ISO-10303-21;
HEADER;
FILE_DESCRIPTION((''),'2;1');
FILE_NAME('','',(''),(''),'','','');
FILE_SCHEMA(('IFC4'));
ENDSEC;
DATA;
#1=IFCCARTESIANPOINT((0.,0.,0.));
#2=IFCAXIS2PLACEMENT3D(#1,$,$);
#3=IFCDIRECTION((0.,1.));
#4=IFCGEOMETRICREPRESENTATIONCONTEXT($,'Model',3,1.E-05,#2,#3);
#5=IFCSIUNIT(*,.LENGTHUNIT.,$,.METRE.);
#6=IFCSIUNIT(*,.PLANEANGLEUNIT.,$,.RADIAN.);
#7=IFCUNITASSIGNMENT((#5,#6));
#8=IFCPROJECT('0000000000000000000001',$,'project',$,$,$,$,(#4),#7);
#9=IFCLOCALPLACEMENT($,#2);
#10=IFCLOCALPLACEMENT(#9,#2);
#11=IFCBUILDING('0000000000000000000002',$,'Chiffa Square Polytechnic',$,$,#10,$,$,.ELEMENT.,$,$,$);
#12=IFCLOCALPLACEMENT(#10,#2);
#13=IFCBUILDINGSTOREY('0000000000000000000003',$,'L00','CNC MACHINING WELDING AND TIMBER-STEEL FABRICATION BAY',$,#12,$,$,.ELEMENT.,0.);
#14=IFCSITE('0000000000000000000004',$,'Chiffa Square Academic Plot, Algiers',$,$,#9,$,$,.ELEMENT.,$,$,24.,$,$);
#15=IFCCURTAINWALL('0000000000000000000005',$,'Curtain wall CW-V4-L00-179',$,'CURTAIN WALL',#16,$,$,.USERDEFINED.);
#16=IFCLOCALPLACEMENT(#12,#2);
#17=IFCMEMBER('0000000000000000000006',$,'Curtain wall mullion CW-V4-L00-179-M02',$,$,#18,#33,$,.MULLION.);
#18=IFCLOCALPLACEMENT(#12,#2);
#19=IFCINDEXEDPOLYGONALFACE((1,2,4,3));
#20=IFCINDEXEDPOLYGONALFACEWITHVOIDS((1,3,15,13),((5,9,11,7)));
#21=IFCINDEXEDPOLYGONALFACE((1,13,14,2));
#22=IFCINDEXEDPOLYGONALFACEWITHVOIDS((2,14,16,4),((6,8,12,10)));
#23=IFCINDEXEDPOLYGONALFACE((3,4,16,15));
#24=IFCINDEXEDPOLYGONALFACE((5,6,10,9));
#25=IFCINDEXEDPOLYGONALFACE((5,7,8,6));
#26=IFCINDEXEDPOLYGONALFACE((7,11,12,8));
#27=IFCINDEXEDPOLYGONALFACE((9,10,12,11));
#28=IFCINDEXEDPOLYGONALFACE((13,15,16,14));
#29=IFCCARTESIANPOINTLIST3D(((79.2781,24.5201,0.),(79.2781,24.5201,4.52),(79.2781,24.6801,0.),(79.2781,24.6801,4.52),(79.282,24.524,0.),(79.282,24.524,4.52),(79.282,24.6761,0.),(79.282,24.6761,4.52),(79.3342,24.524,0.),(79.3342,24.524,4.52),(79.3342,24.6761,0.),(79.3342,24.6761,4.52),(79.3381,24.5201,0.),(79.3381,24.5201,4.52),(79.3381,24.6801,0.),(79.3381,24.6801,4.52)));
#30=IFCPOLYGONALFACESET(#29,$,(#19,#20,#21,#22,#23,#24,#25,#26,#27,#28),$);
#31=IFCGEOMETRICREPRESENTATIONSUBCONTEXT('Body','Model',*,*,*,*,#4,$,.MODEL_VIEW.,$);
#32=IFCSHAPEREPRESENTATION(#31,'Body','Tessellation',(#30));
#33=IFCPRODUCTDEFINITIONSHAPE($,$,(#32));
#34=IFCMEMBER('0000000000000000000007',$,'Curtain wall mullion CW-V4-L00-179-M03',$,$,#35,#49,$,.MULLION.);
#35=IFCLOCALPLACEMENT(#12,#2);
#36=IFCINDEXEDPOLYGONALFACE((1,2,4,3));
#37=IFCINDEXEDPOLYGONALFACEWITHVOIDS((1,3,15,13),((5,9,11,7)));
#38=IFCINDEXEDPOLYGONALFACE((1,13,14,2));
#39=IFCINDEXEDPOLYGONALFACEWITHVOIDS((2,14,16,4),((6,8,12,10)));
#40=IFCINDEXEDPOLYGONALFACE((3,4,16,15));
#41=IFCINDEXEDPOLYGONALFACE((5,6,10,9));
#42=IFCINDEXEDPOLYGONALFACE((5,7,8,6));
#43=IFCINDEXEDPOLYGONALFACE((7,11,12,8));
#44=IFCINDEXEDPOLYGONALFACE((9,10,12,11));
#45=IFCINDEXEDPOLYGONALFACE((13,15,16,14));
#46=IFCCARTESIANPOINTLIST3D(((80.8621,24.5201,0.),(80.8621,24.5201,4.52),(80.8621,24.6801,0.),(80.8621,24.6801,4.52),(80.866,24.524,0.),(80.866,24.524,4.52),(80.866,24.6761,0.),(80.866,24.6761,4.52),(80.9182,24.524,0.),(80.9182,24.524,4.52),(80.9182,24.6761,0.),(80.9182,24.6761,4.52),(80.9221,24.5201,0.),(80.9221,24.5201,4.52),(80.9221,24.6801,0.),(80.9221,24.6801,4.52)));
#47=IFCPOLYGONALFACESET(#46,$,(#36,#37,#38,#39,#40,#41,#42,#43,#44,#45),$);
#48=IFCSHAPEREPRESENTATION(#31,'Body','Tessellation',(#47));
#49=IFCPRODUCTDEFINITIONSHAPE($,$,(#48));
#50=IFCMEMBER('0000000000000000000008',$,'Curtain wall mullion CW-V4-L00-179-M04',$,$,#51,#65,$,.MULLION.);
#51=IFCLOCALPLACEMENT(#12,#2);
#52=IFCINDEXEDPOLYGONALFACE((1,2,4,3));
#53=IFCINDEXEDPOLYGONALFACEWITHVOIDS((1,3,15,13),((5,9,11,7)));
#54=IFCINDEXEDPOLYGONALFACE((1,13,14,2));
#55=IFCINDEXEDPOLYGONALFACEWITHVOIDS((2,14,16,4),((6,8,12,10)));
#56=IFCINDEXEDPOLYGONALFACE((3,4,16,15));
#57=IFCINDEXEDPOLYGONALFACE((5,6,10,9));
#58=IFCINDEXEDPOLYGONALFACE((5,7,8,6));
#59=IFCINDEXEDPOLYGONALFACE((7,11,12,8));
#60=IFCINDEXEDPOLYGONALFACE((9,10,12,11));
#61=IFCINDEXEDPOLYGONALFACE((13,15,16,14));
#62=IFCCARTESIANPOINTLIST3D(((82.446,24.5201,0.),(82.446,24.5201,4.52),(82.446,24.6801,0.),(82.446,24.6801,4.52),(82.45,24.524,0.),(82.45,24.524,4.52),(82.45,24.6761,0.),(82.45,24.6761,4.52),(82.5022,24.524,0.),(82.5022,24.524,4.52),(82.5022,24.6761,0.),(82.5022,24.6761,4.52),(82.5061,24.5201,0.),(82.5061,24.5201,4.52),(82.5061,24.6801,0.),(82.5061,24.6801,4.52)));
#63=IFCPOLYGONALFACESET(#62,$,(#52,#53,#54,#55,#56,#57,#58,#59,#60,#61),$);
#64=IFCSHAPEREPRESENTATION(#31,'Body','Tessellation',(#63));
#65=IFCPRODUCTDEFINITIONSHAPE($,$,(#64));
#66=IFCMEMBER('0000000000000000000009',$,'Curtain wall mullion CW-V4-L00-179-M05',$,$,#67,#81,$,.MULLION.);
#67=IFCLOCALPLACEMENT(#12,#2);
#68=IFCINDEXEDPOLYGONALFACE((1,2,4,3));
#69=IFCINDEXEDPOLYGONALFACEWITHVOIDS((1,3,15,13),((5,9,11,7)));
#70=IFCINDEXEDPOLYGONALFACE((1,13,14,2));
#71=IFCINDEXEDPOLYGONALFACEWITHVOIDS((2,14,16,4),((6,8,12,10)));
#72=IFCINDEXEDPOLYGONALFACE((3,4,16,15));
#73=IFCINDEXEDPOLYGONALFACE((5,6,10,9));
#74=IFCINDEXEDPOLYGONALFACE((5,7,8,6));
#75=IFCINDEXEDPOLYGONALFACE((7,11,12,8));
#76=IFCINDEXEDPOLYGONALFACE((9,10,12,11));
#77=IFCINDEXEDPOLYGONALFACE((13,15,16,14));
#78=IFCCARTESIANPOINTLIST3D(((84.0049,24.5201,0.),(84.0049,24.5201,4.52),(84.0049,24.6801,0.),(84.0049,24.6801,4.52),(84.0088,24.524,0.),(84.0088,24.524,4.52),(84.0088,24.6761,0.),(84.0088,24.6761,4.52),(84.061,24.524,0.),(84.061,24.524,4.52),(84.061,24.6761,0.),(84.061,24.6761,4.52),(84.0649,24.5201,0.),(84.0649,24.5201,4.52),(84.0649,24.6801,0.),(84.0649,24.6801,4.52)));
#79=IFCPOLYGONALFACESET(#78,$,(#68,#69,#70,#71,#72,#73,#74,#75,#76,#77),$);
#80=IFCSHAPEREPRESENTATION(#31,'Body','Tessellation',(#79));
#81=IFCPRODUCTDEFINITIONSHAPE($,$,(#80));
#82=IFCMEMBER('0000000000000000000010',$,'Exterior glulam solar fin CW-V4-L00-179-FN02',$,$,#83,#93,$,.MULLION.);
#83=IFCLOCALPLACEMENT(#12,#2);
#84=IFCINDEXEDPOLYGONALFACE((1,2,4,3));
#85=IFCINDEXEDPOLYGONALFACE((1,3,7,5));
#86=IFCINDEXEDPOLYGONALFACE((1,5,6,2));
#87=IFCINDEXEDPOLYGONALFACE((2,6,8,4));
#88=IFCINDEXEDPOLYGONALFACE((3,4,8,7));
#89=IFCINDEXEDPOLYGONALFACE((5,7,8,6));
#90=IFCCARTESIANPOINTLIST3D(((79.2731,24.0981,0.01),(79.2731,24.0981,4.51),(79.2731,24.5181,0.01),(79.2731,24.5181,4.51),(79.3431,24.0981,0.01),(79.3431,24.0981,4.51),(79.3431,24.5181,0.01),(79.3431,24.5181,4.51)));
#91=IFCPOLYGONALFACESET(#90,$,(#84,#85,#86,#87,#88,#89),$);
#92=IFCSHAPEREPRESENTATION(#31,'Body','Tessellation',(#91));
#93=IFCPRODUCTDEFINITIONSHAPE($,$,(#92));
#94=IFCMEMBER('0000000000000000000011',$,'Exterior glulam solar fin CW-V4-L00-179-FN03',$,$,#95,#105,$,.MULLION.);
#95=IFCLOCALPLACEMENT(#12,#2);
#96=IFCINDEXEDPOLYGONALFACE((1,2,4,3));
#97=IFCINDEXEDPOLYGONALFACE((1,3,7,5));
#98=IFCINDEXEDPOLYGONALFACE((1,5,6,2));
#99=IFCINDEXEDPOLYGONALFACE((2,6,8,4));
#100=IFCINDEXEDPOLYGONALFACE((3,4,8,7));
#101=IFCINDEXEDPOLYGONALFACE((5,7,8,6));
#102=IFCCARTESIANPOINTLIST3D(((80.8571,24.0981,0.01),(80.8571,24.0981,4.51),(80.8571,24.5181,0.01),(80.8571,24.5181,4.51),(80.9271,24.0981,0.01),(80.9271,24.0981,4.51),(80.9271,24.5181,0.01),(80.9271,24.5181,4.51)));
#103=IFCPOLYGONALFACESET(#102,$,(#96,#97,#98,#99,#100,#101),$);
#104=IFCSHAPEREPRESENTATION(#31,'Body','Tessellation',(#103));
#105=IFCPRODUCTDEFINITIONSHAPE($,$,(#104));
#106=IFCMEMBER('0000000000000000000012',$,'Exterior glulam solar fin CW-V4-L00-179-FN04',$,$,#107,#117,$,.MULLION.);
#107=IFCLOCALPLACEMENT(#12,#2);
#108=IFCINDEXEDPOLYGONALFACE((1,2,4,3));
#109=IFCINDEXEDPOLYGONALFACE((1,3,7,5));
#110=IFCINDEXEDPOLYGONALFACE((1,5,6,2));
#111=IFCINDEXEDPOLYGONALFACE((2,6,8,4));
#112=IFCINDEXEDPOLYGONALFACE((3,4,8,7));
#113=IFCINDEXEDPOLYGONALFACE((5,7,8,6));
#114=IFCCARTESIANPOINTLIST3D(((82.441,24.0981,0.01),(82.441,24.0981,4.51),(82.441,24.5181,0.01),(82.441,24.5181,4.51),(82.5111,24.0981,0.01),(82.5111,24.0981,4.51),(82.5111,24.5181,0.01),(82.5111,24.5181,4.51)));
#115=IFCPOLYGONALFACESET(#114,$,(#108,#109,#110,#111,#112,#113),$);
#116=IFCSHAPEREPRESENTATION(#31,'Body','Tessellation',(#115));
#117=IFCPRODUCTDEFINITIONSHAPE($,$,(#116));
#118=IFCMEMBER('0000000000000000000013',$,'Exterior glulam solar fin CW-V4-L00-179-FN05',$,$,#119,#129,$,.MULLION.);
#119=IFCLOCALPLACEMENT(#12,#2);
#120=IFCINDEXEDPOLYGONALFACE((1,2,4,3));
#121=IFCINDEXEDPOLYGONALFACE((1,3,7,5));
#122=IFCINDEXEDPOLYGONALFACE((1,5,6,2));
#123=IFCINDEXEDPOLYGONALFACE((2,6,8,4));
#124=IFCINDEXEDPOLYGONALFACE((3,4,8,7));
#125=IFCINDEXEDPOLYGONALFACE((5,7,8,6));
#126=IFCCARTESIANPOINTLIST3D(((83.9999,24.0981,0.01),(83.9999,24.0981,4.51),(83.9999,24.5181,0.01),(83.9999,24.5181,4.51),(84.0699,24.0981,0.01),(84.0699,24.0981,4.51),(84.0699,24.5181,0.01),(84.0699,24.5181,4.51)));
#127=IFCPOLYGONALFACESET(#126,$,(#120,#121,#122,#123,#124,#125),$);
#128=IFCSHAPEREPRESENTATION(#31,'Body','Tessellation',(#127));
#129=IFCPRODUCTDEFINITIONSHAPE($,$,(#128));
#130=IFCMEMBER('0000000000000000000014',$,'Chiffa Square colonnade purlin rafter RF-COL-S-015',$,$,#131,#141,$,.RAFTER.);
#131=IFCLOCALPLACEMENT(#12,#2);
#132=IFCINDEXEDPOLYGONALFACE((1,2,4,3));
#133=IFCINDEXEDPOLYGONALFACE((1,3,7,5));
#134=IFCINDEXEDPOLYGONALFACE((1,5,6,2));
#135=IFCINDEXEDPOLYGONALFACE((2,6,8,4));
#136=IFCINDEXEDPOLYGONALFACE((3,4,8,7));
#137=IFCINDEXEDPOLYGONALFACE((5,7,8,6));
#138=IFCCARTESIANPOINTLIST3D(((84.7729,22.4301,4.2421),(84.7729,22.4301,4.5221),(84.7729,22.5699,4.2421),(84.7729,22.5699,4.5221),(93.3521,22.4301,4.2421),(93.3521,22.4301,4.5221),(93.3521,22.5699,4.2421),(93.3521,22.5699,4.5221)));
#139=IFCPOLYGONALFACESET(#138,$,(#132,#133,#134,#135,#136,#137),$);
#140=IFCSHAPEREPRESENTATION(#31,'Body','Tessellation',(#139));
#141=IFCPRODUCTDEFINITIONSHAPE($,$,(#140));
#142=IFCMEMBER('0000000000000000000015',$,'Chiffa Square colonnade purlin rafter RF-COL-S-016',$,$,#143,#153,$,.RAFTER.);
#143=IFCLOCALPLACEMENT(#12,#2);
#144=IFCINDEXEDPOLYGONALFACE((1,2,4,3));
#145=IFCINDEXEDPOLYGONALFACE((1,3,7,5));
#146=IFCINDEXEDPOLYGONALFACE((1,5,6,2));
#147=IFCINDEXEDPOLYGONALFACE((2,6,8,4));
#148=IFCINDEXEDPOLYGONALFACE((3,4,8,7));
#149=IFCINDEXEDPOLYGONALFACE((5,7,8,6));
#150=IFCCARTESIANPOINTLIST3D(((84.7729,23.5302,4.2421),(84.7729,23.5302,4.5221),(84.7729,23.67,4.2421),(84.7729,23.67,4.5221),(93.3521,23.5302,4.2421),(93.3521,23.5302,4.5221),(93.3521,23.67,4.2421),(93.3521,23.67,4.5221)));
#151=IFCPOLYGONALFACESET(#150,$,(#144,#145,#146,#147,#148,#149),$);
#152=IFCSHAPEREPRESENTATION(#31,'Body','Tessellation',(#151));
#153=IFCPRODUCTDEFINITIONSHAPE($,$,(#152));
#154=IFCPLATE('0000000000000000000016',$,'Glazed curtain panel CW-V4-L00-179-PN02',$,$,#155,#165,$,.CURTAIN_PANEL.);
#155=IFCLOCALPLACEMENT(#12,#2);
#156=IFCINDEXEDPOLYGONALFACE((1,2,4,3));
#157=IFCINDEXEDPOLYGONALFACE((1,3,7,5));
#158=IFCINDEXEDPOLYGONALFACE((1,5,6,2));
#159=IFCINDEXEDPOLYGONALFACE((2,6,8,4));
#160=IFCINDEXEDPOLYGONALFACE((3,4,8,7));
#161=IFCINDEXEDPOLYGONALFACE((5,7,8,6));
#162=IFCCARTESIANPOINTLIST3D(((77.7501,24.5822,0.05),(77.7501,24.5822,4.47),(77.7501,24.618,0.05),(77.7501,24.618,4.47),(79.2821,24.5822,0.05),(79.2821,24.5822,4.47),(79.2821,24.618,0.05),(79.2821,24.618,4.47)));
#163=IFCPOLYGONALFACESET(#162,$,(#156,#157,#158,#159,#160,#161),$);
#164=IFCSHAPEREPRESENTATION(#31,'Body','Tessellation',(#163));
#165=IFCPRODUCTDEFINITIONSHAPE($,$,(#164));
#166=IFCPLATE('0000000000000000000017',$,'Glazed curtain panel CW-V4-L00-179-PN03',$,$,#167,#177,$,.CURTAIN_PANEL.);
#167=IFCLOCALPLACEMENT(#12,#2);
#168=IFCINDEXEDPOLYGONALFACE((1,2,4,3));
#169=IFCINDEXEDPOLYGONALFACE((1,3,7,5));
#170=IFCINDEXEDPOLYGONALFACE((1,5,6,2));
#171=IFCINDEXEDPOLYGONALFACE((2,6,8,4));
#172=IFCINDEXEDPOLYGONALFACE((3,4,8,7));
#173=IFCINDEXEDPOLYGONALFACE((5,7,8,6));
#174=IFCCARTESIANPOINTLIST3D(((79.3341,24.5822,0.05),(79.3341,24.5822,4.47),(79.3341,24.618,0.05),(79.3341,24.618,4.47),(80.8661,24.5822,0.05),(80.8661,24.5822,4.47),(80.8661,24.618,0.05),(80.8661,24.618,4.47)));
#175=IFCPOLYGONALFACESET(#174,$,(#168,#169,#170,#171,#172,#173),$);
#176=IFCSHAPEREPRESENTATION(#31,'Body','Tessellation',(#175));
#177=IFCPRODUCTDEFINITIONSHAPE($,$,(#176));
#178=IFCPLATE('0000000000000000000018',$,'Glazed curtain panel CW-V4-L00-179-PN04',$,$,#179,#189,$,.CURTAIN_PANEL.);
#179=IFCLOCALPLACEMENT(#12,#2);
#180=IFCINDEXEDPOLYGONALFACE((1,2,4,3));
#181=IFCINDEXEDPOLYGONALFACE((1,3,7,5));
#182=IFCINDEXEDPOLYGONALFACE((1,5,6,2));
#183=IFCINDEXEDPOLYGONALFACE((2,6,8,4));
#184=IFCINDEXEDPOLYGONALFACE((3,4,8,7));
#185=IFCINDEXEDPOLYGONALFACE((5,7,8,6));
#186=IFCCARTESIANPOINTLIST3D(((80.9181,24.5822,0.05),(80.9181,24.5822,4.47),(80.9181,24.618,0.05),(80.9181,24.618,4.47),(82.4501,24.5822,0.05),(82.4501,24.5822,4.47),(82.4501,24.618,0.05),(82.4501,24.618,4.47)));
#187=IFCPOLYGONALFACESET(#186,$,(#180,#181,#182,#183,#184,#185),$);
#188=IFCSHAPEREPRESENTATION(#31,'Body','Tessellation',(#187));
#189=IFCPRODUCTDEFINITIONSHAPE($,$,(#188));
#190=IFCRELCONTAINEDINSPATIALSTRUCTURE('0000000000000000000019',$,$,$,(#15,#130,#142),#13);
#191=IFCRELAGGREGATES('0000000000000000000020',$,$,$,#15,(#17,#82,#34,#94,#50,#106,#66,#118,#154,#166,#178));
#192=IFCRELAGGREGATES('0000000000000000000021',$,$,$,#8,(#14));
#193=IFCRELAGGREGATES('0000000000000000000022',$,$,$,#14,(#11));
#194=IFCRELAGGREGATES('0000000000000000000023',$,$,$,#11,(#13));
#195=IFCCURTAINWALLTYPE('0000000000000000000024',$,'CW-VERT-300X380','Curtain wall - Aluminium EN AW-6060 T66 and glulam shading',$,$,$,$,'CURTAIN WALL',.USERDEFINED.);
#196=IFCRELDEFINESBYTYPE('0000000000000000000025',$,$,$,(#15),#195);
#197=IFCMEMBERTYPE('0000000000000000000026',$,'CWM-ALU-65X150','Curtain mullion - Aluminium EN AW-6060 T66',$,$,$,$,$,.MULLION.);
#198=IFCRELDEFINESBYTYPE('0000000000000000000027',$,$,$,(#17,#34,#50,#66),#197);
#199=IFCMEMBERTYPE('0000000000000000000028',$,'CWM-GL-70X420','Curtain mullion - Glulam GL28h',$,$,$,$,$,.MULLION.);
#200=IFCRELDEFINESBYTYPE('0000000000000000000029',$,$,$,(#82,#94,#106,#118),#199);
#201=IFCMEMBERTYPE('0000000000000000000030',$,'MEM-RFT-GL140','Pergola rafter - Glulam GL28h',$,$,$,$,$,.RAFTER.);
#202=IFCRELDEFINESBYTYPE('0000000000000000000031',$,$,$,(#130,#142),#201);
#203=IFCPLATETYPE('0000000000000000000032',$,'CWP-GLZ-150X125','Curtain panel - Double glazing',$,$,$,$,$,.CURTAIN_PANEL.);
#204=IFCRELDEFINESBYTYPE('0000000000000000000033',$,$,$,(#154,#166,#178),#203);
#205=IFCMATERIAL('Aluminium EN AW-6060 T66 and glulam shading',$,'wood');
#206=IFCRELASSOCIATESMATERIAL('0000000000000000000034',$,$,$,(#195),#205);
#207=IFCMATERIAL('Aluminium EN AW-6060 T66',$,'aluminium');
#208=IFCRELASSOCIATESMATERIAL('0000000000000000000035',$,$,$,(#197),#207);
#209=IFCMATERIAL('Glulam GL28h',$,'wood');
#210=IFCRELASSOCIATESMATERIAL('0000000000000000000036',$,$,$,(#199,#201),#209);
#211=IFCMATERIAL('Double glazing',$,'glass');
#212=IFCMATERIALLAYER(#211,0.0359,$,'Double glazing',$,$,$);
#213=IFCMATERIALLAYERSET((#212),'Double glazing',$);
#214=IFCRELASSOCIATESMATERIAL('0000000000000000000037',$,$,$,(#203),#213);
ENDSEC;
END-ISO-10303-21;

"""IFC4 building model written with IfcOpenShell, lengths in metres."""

from ifc_helpers import new_model, si_unit, direction, frame, origin, origin_2d, place, context, subcontext, project, spatial, rectangle, hollow_rectangle, extrude, material, layer, layer_set, material_profile, profile_set, type_object, element, aggregate, save


model = new_model("IFC4")

# Units and contexts
model_context = context("Model", 3, precision=1e-05, world=origin(), true_north=direction((0.0, 1.0)))
body_context = subcontext(model_context, "Body", "Model", "MODEL_VIEW")
ifc_project = project(units=[si_unit("LENGTHUNIT", "METRE"), si_unit("PLANEANGLEUNIT", "RADIAN")], contexts=[model_context])

# Site, building, storey
site_placement = place(None, origin())
site = spatial("IfcSite", under=ifc_project, at=site_placement, Name="Chiffa Square Academic Plot, Algiers", CompositionType="ELEMENT", RefElevation=24.0)
building_placement = place(site_placement, origin())
building = spatial("IfcBuilding", under=site, at=building_placement, Name="Chiffa Square Polytechnic", CompositionType="ELEMENT")
storey_placement = place(building_placement, origin())
storey = spatial("IfcBuildingStorey", under=building, at=storey_placement, Name="L00", Description="CNC MACHINING WELDING AND TIMBER-STEEL FABRICATION BAY", CompositionType="ELEMENT", Elevation=0.0)

# Curtain wall, members
ifc_material_1 = material(Name="Aluminium EN AW-6060 T66 and glulam shading", Category="wood")
curtain_wall_type = type_object("IfcCurtainWallType", Name="CW-VERT-300X380", Description="Curtain wall - Aluminium EN AW-6060 T66 and glulam shading", ElementType="CURTAIN WALL", PredefinedType="USERDEFINED", material=ifc_material_1)
curtain_wall_placement = place(storey_placement, origin())
curtain_wall = element("IfcCurtainWall", 1, at=curtain_wall_placement, inside=storey, type_object=curtain_wall_type, Name="Curtain wall CW-V4-L00-179", ObjectType="CURTAIN WALL", PredefinedType="USERDEFINED")
ifc_material_2 = material(Name="Aluminium EN AW-6060 T66", Category="aluminium")
ifc_material_profile_1 = material_profile(ifc_material_2, hollow_rectangle(XDim=0.0601, YDim=0.1599, WallThickness=0.0039, at=origin_2d()), Name="ALU 60x160x4")
ifc_profile_set_1 = profile_set([ifc_material_profile_1], Name="Aluminium EN AW-6060 T66")
member_type_1 = type_object("IfcMemberType", Name="CWM-ALU-65X150", Description="Curtain mullion - Aluminium EN AW-6060 T66", PredefinedType="MULLION", material=ifc_profile_set_1)
member_1_placement = place(storey_placement, frame((79.3081, 24.6001, 0.0), z_axis=(0.0, 0.0, 1.0), x_axis=(1.0, 0.0, 0.0)))
member_1 = element("IfcMember", 2, at=member_1_placement, type_object=member_type_1, Name="Curtain wall mullion CW-V4-L00-179-M02", PredefinedType="MULLION", context=body_context, shape_type="SweptSolid", body=[
    extrude(hollow_rectangle(XDim=0.0601, YDim=0.1599, WallThickness=0.0039, at=origin_2d()), origin(), (0.0, 0.0, 1.0), 4.52),
])
member_2_placement = place(storey_placement, frame((80.8921, 24.6001, 0.0), z_axis=(0.0, 0.0, 1.0), x_axis=(1.0, 0.0, 0.0)))
member_2 = element("IfcMember", 3, at=member_2_placement, type_object=member_type_1, Name="Curtain wall mullion CW-V4-L00-179-M03", PredefinedType="MULLION", context=body_context, shape_type="SweptSolid", body=[
    extrude(hollow_rectangle(XDim=0.0601, YDim=0.1599, WallThickness=0.0039, at=origin_2d()), origin(), (0.0, 0.0, 1.0), 4.52),
])
member_3_placement = place(storey_placement, frame((82.4761, 24.6001, 0.0), z_axis=(0.0, 0.0, 1.0), x_axis=(1.0, 0.0, 0.0)))
member_3 = element("IfcMember", 4, at=member_3_placement, type_object=member_type_1, Name="Curtain wall mullion CW-V4-L00-179-M04", PredefinedType="MULLION", context=body_context, shape_type="SweptSolid", body=[
    extrude(hollow_rectangle(XDim=0.0601, YDim=0.1599, WallThickness=0.0039, at=origin_2d()), origin(), (0.0, 0.0, 1.0), 4.52),
])
member_4_placement = place(storey_placement, frame((84.0349, 24.6001, 0.0), z_axis=(0.0, 0.0, 1.0), x_axis=(1.0, 0.0, 0.0)))
member_4 = element("IfcMember", 5, at=member_4_placement, type_object=member_type_1, Name="Curtain wall mullion CW-V4-L00-179-M05", PredefinedType="MULLION", context=body_context, shape_type="SweptSolid", body=[
    extrude(hollow_rectangle(XDim=0.0601, YDim=0.1599, WallThickness=0.0039, at=origin_2d()), origin(), (0.0, 0.0, 1.0), 4.52),
])
ifc_material_3 = material(Name="Glulam GL28h", Category="wood")
ifc_material_profile_2 = material_profile(ifc_material_3, rectangle(XDim=0.0701, YDim=0.4199, at=origin_2d()), Name="GL28h 70x420")
ifc_profile_set_2 = profile_set([ifc_material_profile_2], Name="Glulam GL28h")
member_type_2 = type_object("IfcMemberType", Name="CWM-GL-70X420", Description="Curtain mullion - Glulam GL28h", PredefinedType="MULLION", material=ifc_profile_set_2)
member_5_placement = place(storey_placement, frame((79.3081, 24.3081, 0.01), z_axis=(0.0, 0.0, 1.0), x_axis=(1.0, 0.0, 0.0)))
member_5 = element("IfcMember", 6, at=member_5_placement, type_object=member_type_2, Name="Exterior glulam solar fin CW-V4-L00-179-FN02", PredefinedType="MULLION", context=body_context, shape_type="SweptSolid", body=[
    extrude(rectangle(XDim=0.0701, YDim=0.4199, at=origin_2d()), origin(), (0.0, 0.0, 1.0), 4.5),
])
member_6_placement = place(storey_placement, frame((80.8921, 24.3081, 0.01), z_axis=(0.0, 0.0, 1.0), x_axis=(1.0, 0.0, 0.0)))
member_6 = element("IfcMember", 7, at=member_6_placement, type_object=member_type_2, Name="Exterior glulam solar fin CW-V4-L00-179-FN03", PredefinedType="MULLION", context=body_context, shape_type="SweptSolid", body=[
    extrude(rectangle(XDim=0.0701, YDim=0.4199, at=origin_2d()), origin(), (0.0, 0.0, 1.0), 4.5),
])
member_7_placement = place(storey_placement, frame((82.4761, 24.3081, 0.01), z_axis=(0.0, 0.0, 1.0), x_axis=(1.0, 0.0, 0.0)))
member_7 = element("IfcMember", 8, at=member_7_placement, type_object=member_type_2, Name="Exterior glulam solar fin CW-V4-L00-179-FN04", PredefinedType="MULLION", context=body_context, shape_type="SweptSolid", body=[
    extrude(rectangle(XDim=0.0701, YDim=0.4199, at=origin_2d()), origin(), (0.0, 0.0, 1.0), 4.5),
])
member_8_placement = place(storey_placement, frame((84.0349, 24.3081, 0.01), z_axis=(0.0, 0.0, 1.0), x_axis=(1.0, 0.0, 0.0)))
member_8 = element("IfcMember", 9, at=member_8_placement, type_object=member_type_2, Name="Exterior glulam solar fin CW-V4-L00-179-FN05", PredefinedType="MULLION", context=body_context, shape_type="SweptSolid", body=[
    extrude(rectangle(XDim=0.0701, YDim=0.4199, at=origin_2d()), origin(), (0.0, 0.0, 1.0), 4.5),
])

# Members
ifc_material_profile_3 = material_profile(ifc_material_3, rectangle(XDim=0.1399, YDim=0.28, at=origin_2d()), Name="GL28h 140x280")
ifc_profile_set_3 = profile_set([ifc_material_profile_3], Name="Glulam GL28h")
member_type_3 = type_object("IfcMemberType", Name="MEM-RFT-GL140", Description="Pergola rafter - Glulam GL28h", PredefinedType="RAFTER", material=ifc_profile_set_3)
for number, where, z_axis, x_axis, name in (
    (10, (84.7729, 22.5, 4.3821), (1.0, 0.0, 0.0), (0.0, 1.0, 0.0), "Chiffa Square colonnade purlin rafter RF-COL-S-015"),
    (11, (84.7729, 23.6001, 4.3821), (1.0, 0.0, 0.0), (0.0, 1.0, 0.0), "Chiffa Square colonnade purlin rafter RF-COL-S-016"),
):
    element("IfcMember", number, at=place(storey_placement, frame(where, z_axis=z_axis, x_axis=x_axis)), inside=storey, type_object=member_type_3, Name=name, PredefinedType="RAFTER", context=body_context, shape_type="SweptSolid", body=[
        extrude(rectangle(XDim=0.1399, YDim=0.28, at=origin_2d()), origin(), (0.0, 0.0, 1.0), 8.5791),
    ])

# Plates
ifc_material_4 = material(Name="Double glazing", Category="glass")
ifc_layer_1 = layer(ifc_material_4, 0.0359, Name="Double glazing")
ifc_layer_set_1 = layer_set([ifc_layer_1], Name="Double glazing")
plate_type = type_object("IfcPlateType", Name="CWP-GLZ-150X125", Description="Curtain panel - Double glazing", PredefinedType="CURTAIN_PANEL", material=ifc_layer_set_1)
plate_1_placement = place(storey_placement, frame((78.5161, 24.6001, 0.05), z_axis=(0.0, 0.0, 1.0), x_axis=(1.0, 0.0, 0.0)))
plate_1 = element("IfcPlate", 12, at=plate_1_placement, type_object=plate_type, Name="Glazed curtain panel CW-V4-L00-179-PN02", PredefinedType="CURTAIN_PANEL", context=body_context, shape_type="SweptSolid", body=[
    extrude(rectangle(XDim=1.532, YDim=0.0359, at=origin_2d()), origin(), (0.0, 0.0, 1.0), 4.4199),
])
plate_2_placement = place(storey_placement, frame((80.1001, 24.6001, 0.05), z_axis=(0.0, 0.0, 1.0), x_axis=(1.0, 0.0, 0.0)))
plate_2 = element("IfcPlate", 13, at=plate_2_placement, type_object=plate_type, Name="Glazed curtain panel CW-V4-L00-179-PN03", PredefinedType="CURTAIN_PANEL", context=body_context, shape_type="SweptSolid", body=[
    extrude(rectangle(XDim=1.532, YDim=0.0359, at=origin_2d()), origin(), (0.0, 0.0, 1.0), 4.4199),
])
plate_3_placement = place(storey_placement, frame((81.6841, 24.6001, 0.05), z_axis=(0.0, 0.0, 1.0), x_axis=(1.0, 0.0, 0.0)))
plate_3 = element("IfcPlate", 14, at=plate_3_placement, type_object=plate_type, Name="Glazed curtain panel CW-V4-L00-179-PN04", PredefinedType="CURTAIN_PANEL", context=body_context, shape_type="SweptSolid", body=[
    extrude(rectangle(XDim=1.532, YDim=0.0359, at=origin_2d()), origin(), (0.0, 0.0, 1.0), 4.4199),
])
aggregate(curtain_wall, [member_1, member_5, member_2, member_6, member_3, member_7, member_4, member_8, plate_1, plate_2, plate_3])

save(model, "model.ifc")
